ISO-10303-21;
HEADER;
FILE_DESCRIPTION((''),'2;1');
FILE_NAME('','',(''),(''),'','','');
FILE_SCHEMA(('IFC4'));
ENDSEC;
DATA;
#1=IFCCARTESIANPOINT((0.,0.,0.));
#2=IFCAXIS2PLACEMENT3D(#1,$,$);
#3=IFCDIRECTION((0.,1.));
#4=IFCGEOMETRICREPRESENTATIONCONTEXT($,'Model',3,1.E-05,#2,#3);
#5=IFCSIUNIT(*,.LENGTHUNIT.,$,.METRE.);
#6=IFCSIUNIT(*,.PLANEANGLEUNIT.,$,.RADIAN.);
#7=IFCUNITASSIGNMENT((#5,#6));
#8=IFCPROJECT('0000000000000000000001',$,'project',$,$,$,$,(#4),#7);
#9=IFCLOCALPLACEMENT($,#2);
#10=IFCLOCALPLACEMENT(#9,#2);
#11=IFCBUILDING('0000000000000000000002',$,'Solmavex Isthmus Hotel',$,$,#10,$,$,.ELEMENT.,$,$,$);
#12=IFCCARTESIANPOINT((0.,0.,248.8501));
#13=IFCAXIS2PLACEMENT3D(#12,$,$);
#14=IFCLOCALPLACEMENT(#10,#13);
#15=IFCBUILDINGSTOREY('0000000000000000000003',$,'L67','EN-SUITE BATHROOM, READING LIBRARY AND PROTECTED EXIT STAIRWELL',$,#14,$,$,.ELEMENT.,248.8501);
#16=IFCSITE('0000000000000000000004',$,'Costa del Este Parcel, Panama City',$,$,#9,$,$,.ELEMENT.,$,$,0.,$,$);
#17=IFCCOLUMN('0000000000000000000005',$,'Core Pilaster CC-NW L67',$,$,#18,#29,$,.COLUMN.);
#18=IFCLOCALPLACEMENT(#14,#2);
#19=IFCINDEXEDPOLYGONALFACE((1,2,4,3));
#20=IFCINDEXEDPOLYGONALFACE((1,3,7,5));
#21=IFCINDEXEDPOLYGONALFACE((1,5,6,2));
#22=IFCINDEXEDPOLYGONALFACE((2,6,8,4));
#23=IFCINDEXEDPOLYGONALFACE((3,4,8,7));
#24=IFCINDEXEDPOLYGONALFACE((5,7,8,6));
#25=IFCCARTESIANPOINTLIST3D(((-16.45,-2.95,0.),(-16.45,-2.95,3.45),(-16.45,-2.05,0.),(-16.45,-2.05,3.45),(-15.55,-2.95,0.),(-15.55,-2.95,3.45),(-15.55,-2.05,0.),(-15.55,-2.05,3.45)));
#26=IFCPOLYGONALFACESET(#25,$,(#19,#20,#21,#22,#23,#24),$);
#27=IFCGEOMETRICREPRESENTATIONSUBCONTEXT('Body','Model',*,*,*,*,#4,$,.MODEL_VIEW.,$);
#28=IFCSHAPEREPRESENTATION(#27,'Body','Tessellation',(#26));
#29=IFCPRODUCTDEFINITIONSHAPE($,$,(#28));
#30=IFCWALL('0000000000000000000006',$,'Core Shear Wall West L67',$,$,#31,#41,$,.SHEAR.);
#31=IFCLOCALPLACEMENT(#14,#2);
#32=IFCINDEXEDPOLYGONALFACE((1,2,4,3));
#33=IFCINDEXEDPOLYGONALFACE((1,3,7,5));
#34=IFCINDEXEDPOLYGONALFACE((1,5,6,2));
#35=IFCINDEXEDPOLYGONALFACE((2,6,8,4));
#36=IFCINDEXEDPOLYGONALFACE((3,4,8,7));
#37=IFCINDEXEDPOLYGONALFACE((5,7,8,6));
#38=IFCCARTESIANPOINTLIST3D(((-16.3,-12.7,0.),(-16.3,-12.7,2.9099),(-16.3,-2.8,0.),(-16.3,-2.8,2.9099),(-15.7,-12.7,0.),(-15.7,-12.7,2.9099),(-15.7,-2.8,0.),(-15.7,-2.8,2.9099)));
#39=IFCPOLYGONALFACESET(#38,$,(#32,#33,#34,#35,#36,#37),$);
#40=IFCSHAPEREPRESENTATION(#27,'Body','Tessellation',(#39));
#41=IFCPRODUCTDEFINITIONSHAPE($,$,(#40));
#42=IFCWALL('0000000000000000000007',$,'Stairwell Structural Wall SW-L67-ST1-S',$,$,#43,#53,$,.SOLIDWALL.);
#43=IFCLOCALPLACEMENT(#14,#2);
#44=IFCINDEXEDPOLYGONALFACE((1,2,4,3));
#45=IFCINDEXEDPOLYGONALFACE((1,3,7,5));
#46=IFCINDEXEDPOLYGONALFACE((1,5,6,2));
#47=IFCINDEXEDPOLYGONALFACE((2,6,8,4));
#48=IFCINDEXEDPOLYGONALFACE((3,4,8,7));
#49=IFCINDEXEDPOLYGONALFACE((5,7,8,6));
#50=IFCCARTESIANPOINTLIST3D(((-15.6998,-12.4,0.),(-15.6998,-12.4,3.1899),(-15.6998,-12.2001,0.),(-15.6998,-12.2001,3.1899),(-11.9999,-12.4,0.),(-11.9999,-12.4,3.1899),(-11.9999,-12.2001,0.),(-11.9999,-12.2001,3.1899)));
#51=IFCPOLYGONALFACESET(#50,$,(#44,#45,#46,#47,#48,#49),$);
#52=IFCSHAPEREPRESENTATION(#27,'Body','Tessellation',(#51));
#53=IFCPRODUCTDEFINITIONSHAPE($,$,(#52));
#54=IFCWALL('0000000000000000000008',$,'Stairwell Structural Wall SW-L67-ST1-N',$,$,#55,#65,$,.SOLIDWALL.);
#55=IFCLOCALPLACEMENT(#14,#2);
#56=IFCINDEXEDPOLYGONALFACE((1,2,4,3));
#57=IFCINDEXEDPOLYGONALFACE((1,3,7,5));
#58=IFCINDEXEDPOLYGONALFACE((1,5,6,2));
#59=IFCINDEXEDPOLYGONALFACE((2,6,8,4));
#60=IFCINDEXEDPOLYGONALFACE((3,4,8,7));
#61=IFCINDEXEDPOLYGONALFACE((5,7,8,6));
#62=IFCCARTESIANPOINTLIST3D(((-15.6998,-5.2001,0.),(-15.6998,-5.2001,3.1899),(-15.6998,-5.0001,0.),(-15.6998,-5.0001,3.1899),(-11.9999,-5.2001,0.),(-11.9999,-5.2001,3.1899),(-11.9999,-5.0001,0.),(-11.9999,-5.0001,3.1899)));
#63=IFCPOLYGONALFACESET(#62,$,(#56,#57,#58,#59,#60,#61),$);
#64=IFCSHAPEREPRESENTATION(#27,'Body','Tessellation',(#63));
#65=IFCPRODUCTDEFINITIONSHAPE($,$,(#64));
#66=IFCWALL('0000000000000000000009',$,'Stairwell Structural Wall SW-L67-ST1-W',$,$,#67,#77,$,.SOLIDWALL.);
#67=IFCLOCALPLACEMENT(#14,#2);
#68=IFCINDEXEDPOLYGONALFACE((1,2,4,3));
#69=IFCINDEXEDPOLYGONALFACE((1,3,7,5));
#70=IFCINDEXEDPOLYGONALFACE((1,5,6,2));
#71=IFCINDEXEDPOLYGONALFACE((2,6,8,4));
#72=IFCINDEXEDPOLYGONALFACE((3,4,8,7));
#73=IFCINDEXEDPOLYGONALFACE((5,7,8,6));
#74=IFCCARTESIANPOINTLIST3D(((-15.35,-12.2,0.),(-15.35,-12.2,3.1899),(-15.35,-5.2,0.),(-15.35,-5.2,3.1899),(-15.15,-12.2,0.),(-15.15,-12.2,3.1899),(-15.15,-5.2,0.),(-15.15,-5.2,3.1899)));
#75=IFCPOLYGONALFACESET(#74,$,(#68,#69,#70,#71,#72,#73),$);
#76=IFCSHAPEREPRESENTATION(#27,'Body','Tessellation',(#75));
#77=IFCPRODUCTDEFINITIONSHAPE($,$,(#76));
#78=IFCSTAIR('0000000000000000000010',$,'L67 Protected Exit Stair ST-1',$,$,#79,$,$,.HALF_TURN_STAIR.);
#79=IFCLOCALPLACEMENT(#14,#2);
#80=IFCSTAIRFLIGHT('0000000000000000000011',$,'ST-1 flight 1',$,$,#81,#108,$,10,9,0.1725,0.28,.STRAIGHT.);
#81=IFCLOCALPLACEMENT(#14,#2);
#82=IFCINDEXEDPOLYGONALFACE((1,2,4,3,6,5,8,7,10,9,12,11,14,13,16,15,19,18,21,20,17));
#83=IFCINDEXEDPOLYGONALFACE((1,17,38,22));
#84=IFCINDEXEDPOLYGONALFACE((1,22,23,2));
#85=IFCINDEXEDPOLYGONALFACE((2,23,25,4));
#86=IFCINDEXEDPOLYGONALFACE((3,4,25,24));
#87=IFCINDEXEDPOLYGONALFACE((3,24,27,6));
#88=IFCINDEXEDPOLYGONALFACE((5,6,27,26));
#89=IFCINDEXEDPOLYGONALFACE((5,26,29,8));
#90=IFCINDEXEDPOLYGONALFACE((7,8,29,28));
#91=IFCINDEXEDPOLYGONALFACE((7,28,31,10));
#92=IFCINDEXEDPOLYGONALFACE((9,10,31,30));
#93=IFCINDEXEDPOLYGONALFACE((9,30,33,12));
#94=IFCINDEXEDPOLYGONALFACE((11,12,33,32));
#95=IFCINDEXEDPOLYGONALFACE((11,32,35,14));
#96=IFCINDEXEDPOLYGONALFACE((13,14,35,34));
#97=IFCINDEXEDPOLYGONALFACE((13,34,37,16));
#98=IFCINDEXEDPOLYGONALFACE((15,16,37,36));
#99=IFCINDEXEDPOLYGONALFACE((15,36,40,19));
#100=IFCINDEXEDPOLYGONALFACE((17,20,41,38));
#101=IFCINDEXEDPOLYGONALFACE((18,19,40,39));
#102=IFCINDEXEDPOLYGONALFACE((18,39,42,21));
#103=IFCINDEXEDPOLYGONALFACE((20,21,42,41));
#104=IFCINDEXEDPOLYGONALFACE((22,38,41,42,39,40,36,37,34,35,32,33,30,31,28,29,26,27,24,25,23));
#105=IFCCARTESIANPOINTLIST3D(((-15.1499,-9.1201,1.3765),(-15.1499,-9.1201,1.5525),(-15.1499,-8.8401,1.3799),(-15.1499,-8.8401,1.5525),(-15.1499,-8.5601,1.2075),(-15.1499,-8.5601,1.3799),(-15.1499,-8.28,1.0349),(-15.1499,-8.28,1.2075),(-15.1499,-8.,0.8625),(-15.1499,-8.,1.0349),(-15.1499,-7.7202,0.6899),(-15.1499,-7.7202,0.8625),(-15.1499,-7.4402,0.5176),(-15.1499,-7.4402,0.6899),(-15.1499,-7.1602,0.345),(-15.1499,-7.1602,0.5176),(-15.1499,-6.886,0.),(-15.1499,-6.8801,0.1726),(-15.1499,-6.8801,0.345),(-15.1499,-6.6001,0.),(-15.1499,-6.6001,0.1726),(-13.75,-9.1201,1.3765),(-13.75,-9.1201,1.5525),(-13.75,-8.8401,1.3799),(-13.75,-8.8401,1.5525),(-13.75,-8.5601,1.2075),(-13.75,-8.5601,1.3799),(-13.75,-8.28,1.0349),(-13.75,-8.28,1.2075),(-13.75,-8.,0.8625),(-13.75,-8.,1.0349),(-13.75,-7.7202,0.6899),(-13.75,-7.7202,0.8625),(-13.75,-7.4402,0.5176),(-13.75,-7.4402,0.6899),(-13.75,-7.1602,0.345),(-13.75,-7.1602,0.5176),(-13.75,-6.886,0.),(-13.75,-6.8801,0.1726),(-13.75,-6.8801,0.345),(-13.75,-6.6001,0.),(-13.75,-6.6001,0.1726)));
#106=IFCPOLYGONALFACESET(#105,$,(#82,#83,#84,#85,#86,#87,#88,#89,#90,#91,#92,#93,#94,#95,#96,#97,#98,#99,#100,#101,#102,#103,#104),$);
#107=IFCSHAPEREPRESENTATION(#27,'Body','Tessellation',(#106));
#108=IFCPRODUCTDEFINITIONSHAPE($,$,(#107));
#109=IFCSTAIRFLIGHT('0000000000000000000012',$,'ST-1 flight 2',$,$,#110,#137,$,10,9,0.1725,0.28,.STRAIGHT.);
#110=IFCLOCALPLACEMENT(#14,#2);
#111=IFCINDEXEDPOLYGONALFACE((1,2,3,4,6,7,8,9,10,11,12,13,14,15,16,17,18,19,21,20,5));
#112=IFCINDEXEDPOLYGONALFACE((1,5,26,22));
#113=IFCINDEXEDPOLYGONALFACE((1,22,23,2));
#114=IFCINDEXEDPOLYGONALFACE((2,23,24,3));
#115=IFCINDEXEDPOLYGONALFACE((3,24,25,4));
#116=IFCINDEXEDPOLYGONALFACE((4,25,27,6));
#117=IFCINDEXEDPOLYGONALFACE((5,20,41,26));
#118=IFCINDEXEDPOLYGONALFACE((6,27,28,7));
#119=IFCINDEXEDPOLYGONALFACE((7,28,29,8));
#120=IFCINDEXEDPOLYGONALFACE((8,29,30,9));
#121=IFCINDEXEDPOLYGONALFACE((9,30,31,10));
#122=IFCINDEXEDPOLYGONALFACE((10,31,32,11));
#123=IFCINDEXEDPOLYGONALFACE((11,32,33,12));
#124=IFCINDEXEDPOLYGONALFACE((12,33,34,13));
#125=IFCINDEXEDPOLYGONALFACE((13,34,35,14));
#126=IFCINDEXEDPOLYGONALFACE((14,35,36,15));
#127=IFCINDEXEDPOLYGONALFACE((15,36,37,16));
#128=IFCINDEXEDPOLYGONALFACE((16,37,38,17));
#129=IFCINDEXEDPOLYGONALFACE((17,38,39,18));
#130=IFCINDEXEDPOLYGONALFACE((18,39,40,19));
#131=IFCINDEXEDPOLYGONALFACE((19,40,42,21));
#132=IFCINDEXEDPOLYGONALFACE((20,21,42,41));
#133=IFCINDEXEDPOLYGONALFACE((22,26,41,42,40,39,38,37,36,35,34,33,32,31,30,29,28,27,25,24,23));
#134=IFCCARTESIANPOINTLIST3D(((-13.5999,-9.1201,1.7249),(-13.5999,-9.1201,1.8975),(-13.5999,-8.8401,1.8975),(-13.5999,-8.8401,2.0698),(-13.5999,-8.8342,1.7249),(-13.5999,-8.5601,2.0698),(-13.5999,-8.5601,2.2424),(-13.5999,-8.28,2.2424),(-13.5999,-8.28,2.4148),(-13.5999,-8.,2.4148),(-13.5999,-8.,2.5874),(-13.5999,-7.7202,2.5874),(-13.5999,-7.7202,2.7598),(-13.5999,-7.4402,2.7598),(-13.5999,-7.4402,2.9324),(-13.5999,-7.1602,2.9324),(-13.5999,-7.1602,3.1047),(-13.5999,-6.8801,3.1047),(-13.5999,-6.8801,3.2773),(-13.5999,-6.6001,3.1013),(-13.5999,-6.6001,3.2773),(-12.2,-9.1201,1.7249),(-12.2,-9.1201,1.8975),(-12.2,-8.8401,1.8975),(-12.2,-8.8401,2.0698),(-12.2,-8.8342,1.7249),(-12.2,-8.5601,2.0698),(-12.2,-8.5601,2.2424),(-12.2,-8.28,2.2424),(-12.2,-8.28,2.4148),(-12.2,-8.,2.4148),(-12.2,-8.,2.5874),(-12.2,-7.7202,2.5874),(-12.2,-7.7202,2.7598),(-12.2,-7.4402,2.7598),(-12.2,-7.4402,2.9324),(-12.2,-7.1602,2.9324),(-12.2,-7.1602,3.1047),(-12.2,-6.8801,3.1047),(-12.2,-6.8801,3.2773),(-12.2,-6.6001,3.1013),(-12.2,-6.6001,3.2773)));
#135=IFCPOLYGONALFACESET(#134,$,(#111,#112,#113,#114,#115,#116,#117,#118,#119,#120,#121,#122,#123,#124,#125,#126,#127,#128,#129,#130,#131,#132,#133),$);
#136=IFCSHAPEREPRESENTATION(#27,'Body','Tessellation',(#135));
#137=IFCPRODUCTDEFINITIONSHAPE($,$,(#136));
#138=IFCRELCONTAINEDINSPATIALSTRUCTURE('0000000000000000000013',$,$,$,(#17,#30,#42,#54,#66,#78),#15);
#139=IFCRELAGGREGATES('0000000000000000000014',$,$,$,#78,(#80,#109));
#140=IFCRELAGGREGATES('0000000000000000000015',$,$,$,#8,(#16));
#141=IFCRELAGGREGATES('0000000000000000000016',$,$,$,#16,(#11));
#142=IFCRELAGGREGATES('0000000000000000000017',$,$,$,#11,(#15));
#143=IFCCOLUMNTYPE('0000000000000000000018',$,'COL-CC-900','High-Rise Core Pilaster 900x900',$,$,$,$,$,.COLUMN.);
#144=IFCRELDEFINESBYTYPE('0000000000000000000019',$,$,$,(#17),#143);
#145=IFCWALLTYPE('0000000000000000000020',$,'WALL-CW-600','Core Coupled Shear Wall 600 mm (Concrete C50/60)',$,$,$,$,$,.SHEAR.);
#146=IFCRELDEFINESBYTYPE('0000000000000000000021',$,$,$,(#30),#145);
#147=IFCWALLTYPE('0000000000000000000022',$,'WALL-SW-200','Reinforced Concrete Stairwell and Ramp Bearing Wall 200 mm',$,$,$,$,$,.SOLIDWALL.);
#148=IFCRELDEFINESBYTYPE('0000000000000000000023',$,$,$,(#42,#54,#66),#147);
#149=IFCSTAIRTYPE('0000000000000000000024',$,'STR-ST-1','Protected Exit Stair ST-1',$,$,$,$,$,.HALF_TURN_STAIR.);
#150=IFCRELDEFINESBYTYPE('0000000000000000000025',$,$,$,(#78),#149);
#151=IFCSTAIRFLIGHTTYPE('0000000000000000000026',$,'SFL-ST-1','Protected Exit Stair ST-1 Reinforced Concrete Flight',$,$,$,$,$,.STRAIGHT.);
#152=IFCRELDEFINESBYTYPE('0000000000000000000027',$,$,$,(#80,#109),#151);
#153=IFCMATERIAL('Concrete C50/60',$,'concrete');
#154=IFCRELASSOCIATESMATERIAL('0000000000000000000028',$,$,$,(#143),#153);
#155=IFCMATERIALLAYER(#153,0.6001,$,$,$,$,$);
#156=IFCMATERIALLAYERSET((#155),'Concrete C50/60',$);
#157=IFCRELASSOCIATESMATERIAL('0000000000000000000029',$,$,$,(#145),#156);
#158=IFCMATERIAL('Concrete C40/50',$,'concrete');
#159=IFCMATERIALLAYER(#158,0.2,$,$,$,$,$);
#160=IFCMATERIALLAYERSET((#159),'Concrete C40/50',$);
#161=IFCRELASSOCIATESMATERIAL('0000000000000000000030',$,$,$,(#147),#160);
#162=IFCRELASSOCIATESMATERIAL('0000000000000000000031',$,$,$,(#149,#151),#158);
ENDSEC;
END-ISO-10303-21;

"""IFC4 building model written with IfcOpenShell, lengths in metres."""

from ifc_helpers import new_model, si_unit, direction, frame, frame_2d, origin, origin_2d, place, context, subcontext, project, spatial, polyline, rectangle, outline, extrude, material, layer, layer_set, material_profile, profile_set, type_object, element, aggregate, save


model = new_model("IFC4")

# Units and contexts
model_context = context("Model", 3, precision=1e-05, world=origin(), true_north=direction((0.0, 1.0)))
body_context = subcontext(model_context, "Body", "Model", "MODEL_VIEW")
ifc_project = project(units=[si_unit("LENGTHUNIT", "METRE"), si_unit("PLANEANGLEUNIT", "RADIAN")], contexts=[model_context])

# Site, building, storey
site_placement = place(None, origin())
site = spatial("IfcSite", under=ifc_project, at=site_placement, Name="Costa del Este Parcel, Panama City", CompositionType="ELEMENT", RefElevation=0.0)
building_placement = place(site_placement, origin())
building = spatial("IfcBuilding", under=site, at=building_placement, Name="Solmavex Isthmus Hotel", CompositionType="ELEMENT")
storey_placement = place(building_placement, frame((0.0, 0.0, 248.8501)))
storey = spatial("IfcBuildingStorey", under=building, at=storey_placement, Name="L67", Description="EN-SUITE BATHROOM, READING LIBRARY AND PROTECTED EXIT STAIRWELL", CompositionType="ELEMENT", Elevation=248.8501)

# Column
ifc_material_1 = material(Name="Concrete C50/60", Category="concrete")
ifc_material_profile = material_profile(ifc_material_1, rectangle(XDim=0.8999, YDim=0.8999, at=origin_2d()), Name="RC900X900")
ifc_profile_set = profile_set([ifc_material_profile], Name="Concrete C50/60")
column_type = type_object("IfcColumnType", Name="COL-CC-900", Description="High-Rise Core Pilaster 900x900", PredefinedType="COLUMN", material=ifc_profile_set)
column_placement = place(storey_placement, frame((-16.0, -2.5, 0.0), z_axis=(0.0, 0.0, 1.0), x_axis=(1.0, 0.0, 0.0)))
element("IfcColumn", 1, at=column_placement, inside=storey, type_object=column_type, Name="Core Pilaster CC-NW L67", PredefinedType="COLUMN", context=body_context, shape_type="SweptSolid", body=[
    extrude(rectangle(XDim=0.8999, YDim=0.8999, at=origin_2d()), origin(), (0.0, 0.0, 1.0), 3.45),
])

# Walls
ifc_layer_1 = layer(ifc_material_1, 0.6001)
ifc_layer_set_1 = layer_set([ifc_layer_1], Name="Concrete C50/60")
wall_type_1 = type_object("IfcWallType", Name="WALL-CW-600", Description="Core Coupled Shear Wall 600 mm (Concrete C50/60)", PredefinedType="SHEAR", material=ifc_layer_set_1)
wall_1_placement = place(storey_placement, frame((-16.0, -12.7, 0.0), z_axis=(0.0, 0.0, 1.0), x_axis=(0.0, 1.0, 0.0)))
element("IfcWall", 2, at=wall_1_placement, inside=storey, type_object=wall_type_1, Name="Core Shear Wall West L67", PredefinedType="SHEAR", context=body_context, shape_type="SweptSolid", body=[
    extrude(rectangle(XDim=9.8999, YDim=0.6001, at=frame_2d((4.95, 0.0))), origin(), (0.0, 0.0, 1.0), 2.9099),
])
ifc_material_2 = material(Name="Concrete C40/50", Category="concrete")
ifc_layer_2 = layer(ifc_material_2, 0.2)
ifc_layer_set_2 = layer_set([ifc_layer_2], Name="Concrete C40/50")
wall_type_2 = type_object("IfcWallType", Name="WALL-SW-200", Description="Reinforced Concrete Stairwell and Ramp Bearing Wall 200 mm", PredefinedType="SOLIDWALL", material=ifc_layer_set_2)
for number, where, z_axis, x_axis, name in (
    (3, (-15.7, -12.3, 0.0), (0.0, 0.0, 1.0), (1.0, 0.0, 0.0), "Stairwell Structural Wall SW-L67-ST1-S"),
    (4, (-15.7, -5.1001, 0.0), (0.0, 0.0, 1.0), (1.0, 0.0, 0.0), "Stairwell Structural Wall SW-L67-ST1-N"),
):
    element("IfcWall", number, at=place(storey_placement, frame(where, z_axis=z_axis, x_axis=x_axis)), inside=storey, type_object=wall_type_2, Name=name, PredefinedType="SOLIDWALL", context=body_context, shape_type="SweptSolid", body=[
        extrude(rectangle(XDim=3.7, YDim=0.2, at=frame_2d((1.8501, 0.0))), origin(), (0.0, 0.0, 1.0), 3.1899),
    ])
wall_2_placement = place(storey_placement, frame((-15.25, -12.2, 0.0), z_axis=(0.0, 0.0, 1.0), x_axis=(0.0, 1.0, 0.0)))
element("IfcWall", 5, at=wall_2_placement, inside=storey, type_object=wall_type_2, Name="Stairwell Structural Wall SW-L67-ST1-W", PredefinedType="SOLIDWALL", context=body_context, shape_type="SweptSolid", body=[
    extrude(rectangle(XDim=7.0, YDim=0.2, at=frame_2d((3.5, 0.0))), origin(), (0.0, 0.0, 1.0), 3.1899),
])

# Stair, stair flights
stair_type = type_object("IfcStairType", Name="STR-ST-1", Description="Protected Exit Stair ST-1", PredefinedType="HALF_TURN_STAIR", material=ifc_material_2)
stair_placement = place(storey_placement, origin())
stair = element("IfcStair", 6, at=stair_placement, inside=storey, type_object=stair_type, Name="L67 Protected Exit Stair ST-1", PredefinedType="HALF_TURN_STAIR")
stair_flight_type = type_object("IfcStairFlightType", Name="SFL-ST-1", Description="Protected Exit Stair ST-1 Reinforced Concrete Flight", PredefinedType="STRAIGHT", material=ifc_material_2)
stair_flight_1_placement = place(storey_placement, frame((-14.45, -6.6001, 0.0), z_axis=(0.0, 0.0, 1.0), x_axis=(0.0, -1.0, 0.0)))
stair_flight_1 = element("IfcStairFlight", 7, at=stair_flight_1_placement, type_object=stair_flight_type, Name="ST-1 flight 1", NumberOfRisers=10, NumberOfTreads=9, PredefinedType="STRAIGHT", RiserHeight=0.1725, TreadLength=0.28, context=body_context, shape_type="SweptSolid", body=[
    extrude(outline(polyline([(0.0, 0.0), (0.0, 0.1726), (0.28, 0.1726), (0.28, 0.345), (0.5601, 0.345), (0.5601, 0.5176), (0.8401, 0.5176), (0.8401, 0.6899), (1.1201, 0.6899), (1.1201, 0.8625), (1.3999, 0.8625), (1.3999, 1.0349), (1.6799, 1.0349), (1.6799, 1.2075), (1.96, 1.2075), (1.96, 1.3799), (2.24, 1.3799), (2.24, 1.5525), (2.52, 1.5525), (2.52, 1.7251), (2.52, 1.3765), (0.2859, 0.0), (0.0, 0.0)])), frame((0.0, 0.7, 0.0), z_axis=(0.0, -1.0, 0.0), x_axis=(1.0, 0.0, 0.0)), (0.0, 0.0, 1.0), 1.3999),
])
stair_flight_2_placement = place(storey_placement, frame((-12.8999, -9.1201, 1.7249), z_axis=(0.0, 0.0, 1.0), x_axis=(0.0, 1.0, 0.0)))
stair_flight_2 = element("IfcStairFlight", 8, at=stair_flight_2_placement, type_object=stair_flight_type, Name="ST-1 flight 2", NumberOfRisers=10, NumberOfTreads=9, PredefinedType="STRAIGHT", RiserHeight=0.1725, TreadLength=0.28, context=body_context, shape_type="SweptSolid", body=[
    extrude(outline(polyline([(0.0, 0.0), (0.0, 0.1726), (0.28, 0.1726), (0.28, 0.345), (0.5601, 0.345), (0.5601, 0.5176), (0.8401, 0.5176), (0.8401, 0.6899), (1.1201, 0.6899), (1.1201, 0.8625), (1.3999, 0.8625), (1.3999, 1.0349), (1.6799, 1.0349), (1.6799, 1.2075), (1.96, 1.2075), (1.96, 1.3799), (2.24, 1.3799), (2.24, 1.5525), (2.52, 1.5525), (2.52, 1.7251), (2.52, 1.3765), (0.2859, 0.0), (0.0, 0.0)])), frame((0.0, 0.7, 0.0), z_axis=(0.0, -1.0, 0.0), x_axis=(1.0, 0.0, 0.0)), (0.0, 0.0, 1.0), 1.3999),
])
aggregate(stair, [stair_flight_1, stair_flight_2])

save(model, "model.ifc")
